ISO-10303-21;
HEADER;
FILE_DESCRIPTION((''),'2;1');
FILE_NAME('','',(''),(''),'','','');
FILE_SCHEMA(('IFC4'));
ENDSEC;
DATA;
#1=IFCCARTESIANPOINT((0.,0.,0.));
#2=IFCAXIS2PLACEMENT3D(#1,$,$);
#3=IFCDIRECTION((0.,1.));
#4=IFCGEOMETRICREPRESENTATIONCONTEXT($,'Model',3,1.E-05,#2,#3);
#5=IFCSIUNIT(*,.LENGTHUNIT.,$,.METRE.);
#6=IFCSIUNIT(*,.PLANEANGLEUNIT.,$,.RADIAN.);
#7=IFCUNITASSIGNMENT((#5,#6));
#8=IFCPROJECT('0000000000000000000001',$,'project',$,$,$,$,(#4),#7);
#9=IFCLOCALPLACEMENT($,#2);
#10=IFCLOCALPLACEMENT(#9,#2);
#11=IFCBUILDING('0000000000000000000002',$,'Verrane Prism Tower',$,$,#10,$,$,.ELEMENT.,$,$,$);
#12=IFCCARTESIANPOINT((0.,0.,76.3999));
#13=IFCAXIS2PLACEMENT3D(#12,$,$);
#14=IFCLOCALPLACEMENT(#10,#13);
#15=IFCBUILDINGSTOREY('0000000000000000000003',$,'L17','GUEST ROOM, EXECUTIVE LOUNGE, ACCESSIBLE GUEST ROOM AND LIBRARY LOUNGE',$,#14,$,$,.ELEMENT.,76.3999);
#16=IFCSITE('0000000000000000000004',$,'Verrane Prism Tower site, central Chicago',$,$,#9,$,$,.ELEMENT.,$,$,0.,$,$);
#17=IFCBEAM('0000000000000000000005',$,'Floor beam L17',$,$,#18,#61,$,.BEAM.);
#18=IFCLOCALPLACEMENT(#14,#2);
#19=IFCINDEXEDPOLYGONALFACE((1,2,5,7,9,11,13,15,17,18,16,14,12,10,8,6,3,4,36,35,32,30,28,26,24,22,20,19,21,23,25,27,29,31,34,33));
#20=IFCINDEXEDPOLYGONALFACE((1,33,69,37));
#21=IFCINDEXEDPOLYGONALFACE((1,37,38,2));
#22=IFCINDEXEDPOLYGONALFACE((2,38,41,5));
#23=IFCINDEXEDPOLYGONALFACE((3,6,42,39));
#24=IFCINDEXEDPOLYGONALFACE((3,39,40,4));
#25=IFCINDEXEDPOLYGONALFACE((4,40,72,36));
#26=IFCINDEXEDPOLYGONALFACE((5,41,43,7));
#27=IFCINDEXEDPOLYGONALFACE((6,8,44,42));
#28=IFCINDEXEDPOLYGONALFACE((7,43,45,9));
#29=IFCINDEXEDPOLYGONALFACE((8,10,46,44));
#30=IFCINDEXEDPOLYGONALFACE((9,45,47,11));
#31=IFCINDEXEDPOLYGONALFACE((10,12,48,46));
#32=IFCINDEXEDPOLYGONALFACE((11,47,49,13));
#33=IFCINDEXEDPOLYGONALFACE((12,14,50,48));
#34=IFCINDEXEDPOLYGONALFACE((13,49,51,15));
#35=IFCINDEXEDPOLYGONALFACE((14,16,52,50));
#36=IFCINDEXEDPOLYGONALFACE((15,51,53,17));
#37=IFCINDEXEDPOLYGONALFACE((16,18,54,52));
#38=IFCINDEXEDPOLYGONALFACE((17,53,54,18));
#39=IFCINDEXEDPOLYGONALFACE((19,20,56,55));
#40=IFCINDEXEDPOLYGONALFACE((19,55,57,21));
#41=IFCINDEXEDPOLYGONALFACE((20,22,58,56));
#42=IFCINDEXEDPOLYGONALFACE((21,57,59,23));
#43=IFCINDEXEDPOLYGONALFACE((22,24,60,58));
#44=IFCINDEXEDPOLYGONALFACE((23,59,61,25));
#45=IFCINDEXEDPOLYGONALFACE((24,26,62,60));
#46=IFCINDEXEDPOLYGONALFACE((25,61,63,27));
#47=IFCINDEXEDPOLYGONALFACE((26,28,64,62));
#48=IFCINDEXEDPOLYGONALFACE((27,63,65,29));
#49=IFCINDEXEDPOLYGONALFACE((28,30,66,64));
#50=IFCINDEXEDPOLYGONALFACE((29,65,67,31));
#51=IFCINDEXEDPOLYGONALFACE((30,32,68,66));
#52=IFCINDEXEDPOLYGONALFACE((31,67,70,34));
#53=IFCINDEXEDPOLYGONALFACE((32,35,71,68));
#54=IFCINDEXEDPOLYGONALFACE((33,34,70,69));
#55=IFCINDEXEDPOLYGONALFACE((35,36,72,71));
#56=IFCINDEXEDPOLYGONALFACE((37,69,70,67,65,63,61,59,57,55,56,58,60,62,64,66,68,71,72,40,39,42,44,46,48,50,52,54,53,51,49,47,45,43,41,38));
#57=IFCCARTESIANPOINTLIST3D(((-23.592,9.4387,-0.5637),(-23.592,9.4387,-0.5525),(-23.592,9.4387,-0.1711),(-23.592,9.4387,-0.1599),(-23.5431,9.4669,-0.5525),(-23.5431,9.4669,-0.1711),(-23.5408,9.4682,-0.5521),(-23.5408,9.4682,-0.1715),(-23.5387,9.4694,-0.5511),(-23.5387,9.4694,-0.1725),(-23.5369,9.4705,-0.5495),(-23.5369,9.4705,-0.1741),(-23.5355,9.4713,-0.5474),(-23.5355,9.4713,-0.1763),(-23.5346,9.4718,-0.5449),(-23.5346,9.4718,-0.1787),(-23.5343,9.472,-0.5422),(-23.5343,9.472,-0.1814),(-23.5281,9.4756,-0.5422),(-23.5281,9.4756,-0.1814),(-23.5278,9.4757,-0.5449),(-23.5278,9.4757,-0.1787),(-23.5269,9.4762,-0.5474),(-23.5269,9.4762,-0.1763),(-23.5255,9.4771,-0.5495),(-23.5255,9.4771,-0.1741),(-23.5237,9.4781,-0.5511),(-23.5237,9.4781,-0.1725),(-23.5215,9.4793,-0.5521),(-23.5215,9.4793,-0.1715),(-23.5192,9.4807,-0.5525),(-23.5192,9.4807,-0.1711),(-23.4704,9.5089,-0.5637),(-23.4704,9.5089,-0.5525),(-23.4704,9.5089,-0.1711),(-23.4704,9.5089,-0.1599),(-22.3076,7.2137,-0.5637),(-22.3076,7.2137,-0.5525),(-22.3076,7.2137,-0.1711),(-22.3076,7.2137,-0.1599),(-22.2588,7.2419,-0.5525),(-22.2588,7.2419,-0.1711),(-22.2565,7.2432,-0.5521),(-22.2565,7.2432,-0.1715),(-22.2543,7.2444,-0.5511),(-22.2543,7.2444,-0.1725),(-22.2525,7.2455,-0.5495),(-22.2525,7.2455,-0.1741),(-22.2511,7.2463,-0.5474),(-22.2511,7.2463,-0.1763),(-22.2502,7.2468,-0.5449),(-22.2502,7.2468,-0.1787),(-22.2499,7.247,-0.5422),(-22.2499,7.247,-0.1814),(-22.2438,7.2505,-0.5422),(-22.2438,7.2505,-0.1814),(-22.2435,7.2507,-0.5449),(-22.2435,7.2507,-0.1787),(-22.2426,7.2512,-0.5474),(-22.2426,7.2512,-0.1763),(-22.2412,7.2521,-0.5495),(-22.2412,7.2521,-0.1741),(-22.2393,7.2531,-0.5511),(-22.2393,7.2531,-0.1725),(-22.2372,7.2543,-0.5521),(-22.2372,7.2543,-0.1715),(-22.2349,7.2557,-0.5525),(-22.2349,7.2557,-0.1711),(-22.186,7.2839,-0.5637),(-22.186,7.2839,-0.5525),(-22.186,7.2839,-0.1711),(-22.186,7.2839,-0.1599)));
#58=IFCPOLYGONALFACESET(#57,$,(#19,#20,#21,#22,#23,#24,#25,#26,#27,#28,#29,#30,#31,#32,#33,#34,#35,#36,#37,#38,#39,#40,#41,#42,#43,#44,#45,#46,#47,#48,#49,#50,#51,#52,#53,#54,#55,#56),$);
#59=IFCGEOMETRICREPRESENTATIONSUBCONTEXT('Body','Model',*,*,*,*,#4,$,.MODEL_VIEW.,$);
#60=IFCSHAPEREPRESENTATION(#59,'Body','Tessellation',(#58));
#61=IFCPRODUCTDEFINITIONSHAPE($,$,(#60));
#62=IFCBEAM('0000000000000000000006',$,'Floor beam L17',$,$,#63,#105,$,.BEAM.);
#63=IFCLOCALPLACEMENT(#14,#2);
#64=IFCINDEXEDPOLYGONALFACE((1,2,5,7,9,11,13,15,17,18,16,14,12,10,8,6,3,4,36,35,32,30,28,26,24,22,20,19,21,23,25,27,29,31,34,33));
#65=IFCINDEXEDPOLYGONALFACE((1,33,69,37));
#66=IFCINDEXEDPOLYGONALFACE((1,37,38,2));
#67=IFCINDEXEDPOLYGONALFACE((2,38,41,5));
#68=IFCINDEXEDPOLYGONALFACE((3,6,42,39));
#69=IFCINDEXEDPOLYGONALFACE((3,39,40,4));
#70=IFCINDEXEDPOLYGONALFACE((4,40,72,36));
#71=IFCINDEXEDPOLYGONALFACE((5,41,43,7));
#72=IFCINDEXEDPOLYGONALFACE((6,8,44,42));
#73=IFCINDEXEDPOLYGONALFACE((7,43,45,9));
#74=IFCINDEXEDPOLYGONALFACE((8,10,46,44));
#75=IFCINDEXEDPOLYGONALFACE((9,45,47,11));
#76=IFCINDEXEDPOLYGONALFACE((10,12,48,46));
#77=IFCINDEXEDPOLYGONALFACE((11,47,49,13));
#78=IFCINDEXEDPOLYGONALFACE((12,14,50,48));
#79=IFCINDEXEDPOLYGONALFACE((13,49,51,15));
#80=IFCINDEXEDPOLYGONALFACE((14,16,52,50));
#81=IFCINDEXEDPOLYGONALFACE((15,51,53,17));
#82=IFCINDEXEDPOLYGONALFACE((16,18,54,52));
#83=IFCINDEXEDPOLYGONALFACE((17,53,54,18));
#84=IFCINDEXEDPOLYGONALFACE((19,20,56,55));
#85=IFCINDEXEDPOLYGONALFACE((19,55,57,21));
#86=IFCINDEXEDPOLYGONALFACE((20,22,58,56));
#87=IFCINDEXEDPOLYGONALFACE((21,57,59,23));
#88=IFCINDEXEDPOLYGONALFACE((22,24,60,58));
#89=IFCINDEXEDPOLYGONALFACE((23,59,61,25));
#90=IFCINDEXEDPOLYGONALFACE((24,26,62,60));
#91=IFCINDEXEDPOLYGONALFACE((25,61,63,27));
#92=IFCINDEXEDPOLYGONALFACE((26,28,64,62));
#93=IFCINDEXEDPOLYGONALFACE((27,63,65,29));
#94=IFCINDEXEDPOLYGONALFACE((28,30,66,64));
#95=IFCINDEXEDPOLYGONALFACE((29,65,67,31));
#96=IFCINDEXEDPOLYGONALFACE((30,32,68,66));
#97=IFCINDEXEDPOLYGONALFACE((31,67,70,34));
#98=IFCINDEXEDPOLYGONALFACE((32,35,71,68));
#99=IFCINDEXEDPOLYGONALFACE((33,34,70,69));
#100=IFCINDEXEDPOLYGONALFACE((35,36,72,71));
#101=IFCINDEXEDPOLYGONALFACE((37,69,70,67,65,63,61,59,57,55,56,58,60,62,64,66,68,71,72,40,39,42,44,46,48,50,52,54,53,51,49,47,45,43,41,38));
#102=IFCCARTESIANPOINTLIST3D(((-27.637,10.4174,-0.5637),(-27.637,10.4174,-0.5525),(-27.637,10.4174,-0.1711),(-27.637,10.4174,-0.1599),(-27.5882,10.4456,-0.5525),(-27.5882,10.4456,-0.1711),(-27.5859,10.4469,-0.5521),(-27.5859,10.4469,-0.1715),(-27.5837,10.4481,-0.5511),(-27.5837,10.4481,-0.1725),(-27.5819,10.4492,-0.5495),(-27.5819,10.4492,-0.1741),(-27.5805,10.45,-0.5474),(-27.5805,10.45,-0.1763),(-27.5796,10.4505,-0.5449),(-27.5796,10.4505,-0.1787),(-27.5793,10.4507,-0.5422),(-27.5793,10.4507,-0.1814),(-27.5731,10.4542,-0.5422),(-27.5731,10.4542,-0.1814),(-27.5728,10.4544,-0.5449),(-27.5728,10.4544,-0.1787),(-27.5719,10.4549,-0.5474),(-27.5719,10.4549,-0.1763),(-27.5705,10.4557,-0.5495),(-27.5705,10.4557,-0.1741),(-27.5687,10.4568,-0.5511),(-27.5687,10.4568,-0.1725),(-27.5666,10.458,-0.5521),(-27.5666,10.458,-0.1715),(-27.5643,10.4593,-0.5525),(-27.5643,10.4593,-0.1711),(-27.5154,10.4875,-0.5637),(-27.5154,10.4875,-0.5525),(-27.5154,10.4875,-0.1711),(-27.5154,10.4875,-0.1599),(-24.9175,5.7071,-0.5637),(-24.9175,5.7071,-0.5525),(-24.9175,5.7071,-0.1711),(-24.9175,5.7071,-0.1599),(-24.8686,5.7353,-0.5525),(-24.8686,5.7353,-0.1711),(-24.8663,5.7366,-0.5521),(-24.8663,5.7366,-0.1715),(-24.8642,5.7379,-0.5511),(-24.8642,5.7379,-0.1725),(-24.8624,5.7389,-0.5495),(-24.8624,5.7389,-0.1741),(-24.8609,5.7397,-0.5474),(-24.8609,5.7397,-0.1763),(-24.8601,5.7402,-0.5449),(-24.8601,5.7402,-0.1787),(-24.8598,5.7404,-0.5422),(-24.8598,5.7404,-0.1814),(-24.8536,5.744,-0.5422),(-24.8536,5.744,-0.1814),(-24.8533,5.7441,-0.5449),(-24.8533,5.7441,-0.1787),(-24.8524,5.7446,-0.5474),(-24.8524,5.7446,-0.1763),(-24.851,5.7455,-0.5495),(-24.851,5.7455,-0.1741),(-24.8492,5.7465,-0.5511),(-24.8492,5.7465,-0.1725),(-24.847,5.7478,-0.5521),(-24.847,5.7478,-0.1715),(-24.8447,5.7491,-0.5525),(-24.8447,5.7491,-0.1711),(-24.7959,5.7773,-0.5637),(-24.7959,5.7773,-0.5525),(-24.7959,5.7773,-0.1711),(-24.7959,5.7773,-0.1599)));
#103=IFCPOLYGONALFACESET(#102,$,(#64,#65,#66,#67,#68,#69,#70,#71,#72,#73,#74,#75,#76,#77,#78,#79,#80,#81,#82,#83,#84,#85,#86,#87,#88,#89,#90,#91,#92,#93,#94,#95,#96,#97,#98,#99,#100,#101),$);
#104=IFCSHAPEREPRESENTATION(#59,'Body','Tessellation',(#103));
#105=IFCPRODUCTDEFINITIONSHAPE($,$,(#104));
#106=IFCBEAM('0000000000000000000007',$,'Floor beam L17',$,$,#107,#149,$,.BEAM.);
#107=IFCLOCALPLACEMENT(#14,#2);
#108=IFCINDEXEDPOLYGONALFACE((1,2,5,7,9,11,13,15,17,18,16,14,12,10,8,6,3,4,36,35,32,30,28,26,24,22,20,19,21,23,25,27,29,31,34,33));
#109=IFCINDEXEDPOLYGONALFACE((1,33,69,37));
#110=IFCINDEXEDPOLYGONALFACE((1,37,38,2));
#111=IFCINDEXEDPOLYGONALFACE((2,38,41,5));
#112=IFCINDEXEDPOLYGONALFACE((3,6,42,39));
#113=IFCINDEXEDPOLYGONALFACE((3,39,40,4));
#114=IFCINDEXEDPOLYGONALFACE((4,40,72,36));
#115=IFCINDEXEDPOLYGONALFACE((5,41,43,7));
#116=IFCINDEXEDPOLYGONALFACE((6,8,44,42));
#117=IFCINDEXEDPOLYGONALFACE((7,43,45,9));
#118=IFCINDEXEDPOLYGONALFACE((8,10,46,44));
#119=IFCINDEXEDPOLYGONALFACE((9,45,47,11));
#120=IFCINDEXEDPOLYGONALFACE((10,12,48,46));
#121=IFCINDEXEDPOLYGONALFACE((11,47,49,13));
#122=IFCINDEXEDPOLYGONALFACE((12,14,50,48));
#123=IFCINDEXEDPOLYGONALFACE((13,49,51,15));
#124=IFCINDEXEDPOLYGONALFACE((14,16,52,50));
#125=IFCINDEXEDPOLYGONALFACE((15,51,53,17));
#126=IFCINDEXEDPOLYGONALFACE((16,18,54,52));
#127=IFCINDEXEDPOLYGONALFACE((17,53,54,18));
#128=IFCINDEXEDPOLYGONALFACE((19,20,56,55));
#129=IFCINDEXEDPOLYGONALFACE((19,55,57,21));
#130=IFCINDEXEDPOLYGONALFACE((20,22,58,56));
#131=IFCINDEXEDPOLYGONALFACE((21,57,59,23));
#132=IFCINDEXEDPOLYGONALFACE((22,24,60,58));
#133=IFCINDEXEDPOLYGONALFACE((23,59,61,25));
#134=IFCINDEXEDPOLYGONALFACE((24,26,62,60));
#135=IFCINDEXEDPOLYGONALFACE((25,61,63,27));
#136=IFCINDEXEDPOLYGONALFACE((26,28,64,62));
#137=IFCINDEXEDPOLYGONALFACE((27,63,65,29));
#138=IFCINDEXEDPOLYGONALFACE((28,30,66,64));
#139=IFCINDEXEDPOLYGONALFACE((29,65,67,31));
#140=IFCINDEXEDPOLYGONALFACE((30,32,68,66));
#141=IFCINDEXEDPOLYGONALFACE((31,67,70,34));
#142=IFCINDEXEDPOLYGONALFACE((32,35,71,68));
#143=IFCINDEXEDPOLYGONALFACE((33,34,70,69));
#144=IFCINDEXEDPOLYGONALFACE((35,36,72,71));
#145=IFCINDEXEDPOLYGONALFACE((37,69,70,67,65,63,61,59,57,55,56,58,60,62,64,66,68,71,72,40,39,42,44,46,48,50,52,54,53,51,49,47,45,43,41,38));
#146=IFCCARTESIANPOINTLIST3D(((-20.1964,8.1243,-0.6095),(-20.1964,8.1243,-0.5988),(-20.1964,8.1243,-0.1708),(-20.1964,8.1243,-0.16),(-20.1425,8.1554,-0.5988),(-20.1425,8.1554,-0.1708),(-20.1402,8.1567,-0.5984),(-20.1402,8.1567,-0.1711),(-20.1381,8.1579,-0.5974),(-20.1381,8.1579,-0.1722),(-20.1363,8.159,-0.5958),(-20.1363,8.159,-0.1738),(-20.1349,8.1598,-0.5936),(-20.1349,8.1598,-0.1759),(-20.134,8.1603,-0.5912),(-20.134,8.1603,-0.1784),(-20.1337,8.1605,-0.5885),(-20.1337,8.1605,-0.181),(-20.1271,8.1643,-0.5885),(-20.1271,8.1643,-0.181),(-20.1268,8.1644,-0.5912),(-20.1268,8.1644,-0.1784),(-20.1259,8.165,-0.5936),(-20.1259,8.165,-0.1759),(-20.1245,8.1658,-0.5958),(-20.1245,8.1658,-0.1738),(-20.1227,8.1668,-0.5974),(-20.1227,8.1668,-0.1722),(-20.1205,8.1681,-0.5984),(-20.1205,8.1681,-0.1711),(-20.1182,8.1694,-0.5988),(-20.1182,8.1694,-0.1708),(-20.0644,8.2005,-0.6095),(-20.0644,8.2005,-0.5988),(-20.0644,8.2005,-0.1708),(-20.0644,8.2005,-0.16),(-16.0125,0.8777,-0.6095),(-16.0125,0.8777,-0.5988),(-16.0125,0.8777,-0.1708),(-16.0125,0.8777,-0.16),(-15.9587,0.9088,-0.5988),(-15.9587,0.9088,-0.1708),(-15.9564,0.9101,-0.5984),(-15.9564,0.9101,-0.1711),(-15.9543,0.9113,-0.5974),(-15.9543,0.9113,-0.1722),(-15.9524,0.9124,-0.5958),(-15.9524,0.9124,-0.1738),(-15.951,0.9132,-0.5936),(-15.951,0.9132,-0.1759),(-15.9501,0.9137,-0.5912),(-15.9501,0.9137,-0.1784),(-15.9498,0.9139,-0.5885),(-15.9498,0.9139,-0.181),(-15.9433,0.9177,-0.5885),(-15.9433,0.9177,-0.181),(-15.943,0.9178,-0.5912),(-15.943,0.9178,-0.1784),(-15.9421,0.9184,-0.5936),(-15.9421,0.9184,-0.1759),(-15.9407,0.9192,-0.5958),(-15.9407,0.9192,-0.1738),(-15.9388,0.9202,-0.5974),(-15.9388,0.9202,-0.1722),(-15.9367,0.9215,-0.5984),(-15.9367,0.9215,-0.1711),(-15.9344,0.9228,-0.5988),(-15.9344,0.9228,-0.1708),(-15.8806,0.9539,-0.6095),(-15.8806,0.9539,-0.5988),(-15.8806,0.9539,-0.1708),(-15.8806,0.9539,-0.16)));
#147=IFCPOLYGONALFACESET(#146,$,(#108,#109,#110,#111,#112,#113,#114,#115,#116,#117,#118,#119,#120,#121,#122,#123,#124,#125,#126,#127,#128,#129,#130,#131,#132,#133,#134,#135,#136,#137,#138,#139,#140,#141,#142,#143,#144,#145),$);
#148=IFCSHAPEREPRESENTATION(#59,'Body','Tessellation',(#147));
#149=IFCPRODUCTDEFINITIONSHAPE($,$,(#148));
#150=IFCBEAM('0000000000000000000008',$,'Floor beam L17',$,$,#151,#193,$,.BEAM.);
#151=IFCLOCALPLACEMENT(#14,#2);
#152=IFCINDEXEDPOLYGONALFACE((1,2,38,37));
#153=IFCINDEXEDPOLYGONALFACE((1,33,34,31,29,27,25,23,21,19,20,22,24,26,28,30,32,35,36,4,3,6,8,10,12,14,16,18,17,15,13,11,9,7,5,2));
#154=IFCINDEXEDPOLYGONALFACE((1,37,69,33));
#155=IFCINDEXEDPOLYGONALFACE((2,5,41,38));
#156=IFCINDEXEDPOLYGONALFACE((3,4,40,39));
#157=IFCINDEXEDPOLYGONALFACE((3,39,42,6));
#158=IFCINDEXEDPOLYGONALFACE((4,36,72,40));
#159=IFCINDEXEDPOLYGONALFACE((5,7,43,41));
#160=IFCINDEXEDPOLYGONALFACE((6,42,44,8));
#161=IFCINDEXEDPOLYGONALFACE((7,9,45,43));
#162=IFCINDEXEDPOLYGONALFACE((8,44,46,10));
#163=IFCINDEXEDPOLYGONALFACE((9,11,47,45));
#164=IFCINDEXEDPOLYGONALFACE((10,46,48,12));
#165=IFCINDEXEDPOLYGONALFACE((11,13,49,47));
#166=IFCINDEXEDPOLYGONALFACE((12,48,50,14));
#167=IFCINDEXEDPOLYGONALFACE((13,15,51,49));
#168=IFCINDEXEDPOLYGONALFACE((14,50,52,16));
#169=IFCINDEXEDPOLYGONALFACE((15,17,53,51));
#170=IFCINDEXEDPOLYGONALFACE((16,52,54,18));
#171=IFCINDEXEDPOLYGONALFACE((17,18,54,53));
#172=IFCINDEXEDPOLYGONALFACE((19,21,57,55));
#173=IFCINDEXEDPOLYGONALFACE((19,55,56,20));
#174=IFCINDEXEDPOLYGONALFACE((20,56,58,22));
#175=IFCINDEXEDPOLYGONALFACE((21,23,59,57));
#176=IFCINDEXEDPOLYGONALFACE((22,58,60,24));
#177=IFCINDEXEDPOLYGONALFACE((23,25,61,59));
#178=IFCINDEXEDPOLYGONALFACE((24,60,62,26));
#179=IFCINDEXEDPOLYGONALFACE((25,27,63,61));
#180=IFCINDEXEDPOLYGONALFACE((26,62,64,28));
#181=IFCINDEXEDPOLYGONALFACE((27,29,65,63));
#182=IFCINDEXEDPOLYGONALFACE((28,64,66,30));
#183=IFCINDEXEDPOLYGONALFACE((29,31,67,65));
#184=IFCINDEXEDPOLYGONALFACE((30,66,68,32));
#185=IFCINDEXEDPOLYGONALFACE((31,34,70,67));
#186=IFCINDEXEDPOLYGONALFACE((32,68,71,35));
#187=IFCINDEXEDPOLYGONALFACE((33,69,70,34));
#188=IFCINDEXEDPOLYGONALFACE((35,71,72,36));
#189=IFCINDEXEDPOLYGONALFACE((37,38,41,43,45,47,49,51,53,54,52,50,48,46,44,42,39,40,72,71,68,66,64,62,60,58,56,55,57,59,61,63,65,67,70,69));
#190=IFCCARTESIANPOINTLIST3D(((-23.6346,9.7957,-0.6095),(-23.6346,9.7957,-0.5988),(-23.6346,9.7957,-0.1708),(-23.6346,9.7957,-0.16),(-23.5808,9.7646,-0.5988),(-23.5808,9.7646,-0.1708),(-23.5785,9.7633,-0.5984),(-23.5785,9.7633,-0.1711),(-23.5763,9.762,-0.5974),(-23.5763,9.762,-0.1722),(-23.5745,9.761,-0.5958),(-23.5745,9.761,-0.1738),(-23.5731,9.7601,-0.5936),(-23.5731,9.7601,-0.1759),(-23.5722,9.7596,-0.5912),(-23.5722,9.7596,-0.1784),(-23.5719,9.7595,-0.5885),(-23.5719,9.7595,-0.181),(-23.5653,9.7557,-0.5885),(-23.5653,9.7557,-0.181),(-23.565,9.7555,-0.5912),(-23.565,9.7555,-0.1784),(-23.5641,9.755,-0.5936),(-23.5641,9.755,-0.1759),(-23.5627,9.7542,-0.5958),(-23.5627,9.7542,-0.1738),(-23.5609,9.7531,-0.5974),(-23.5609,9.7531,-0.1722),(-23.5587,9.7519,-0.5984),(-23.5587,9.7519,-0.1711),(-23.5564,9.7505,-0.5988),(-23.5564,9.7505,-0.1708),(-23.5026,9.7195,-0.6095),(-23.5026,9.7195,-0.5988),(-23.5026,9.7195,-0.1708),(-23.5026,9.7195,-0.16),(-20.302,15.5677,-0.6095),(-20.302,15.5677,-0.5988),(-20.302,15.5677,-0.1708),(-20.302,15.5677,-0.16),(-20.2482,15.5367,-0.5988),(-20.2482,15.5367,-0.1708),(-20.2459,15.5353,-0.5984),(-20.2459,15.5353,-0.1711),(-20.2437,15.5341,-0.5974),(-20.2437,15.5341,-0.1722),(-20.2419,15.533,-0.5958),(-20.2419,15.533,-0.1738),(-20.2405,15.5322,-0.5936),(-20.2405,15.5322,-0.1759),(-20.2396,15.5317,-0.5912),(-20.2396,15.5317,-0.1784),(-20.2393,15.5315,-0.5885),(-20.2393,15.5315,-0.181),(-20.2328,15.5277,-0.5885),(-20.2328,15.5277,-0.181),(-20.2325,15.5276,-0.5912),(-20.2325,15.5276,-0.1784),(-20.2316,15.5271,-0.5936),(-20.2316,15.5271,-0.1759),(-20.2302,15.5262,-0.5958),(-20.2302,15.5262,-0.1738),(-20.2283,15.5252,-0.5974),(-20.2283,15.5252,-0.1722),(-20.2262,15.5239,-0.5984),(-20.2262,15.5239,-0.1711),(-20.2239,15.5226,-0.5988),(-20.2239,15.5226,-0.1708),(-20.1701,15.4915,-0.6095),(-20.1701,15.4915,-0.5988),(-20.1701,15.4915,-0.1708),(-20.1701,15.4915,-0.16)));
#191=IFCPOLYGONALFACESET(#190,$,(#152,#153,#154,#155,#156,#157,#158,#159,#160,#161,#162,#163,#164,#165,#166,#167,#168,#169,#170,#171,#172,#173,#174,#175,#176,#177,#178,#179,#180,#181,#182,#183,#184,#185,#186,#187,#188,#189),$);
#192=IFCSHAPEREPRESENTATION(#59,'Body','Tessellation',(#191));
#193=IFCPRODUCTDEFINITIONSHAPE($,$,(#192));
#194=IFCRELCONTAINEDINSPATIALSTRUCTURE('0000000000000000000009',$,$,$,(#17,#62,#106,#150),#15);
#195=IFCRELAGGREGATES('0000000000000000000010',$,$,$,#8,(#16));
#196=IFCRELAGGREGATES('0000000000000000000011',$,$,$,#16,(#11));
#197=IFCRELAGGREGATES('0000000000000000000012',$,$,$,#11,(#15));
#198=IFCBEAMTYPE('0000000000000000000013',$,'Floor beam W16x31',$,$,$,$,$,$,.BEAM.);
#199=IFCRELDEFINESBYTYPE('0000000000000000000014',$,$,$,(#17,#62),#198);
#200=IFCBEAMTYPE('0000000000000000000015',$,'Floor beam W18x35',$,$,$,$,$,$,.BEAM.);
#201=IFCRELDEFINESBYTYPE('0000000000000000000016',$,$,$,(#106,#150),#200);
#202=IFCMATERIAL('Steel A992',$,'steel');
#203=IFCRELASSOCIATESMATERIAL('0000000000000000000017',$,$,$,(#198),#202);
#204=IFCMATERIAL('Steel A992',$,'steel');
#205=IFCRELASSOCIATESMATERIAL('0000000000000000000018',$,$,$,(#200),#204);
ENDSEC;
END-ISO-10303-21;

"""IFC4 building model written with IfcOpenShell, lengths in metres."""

from ifc_helpers import new_model, si_unit, direction, frame, origin, origin_2d, place, context, subcontext, project, spatial, i_section, extrude, material, material_profile, profile_set, type_object, element, save


model = new_model("IFC4")

# Units and contexts
model_context = context("Model", 3, precision=1e-05, world=origin(), true_north=direction((0.0, 1.0)))
body_context = subcontext(model_context, "Body", "Model", "MODEL_VIEW")
ifc_project = project(units=[si_unit("LENGTHUNIT", "METRE"), si_unit("PLANEANGLEUNIT", "RADIAN")], contexts=[model_context])

# Site, building, storey
site_placement = place(None, origin())
site = spatial("IfcSite", under=ifc_project, at=site_placement, Name="Verrane Prism Tower site, central Chicago", CompositionType="ELEMENT", RefElevation=0.0)
building_placement = place(site_placement, origin())
building = spatial("IfcBuilding", under=site, at=building_placement, Name="Verrane Prism Tower", CompositionType="ELEMENT")
storey_placement = place(building_placement, frame((0.0, 0.0, 76.3999)))
storey = spatial("IfcBuildingStorey", under=building, at=storey_placement, Name="L17", Description="GUEST ROOM, EXECUTIVE LOUNGE, ACCESSIBLE GUEST ROOM AND LIBRARY LOUNGE", CompositionType="ELEMENT", Elevation=76.3999)

# Beams
ifc_material_1 = material(Name="Steel A992", Category="steel")
ifc_material_profile_1 = material_profile(ifc_material_1, i_section(OverallWidth=0.1404, OverallDepth=0.4038, WebThickness=0.0071, FlangeThickness=0.0112, FilletRadius=0.0103, at=origin_2d()), Name="W16x31")
ifc_profile_set_1 = profile_set([ifc_material_profile_1], Name="Steel A992")
beam_type_1 = type_object("IfcBeamType", Name="Floor beam W16x31", PredefinedType="BEAM", material=ifc_profile_set_1)
beam_1_placement = place(storey_placement, frame((-22.2468, 7.2488, -0.3618), z_axis=(-0.499931, 0.866065, 0.0), x_axis=(-0.866065, -0.499931, 0.0)))
element("IfcBeam", 1, at=beam_1_placement, inside=storey, type_object=beam_type_1, Name="Floor beam L17", PredefinedType="BEAM", context=body_context, shape_type="SweptSolid", body=[
    extrude(i_section(OverallWidth=0.1404, OverallDepth=0.4038, WebThickness=0.0071, FlangeThickness=0.0112, FilletRadius=0.0103, at=origin_2d()), origin(), (0.0, 0.0, 1.0), 2.5691),
])
beam_2_placement = place(storey_placement, frame((-24.8567, 5.7422, -0.3618), z_axis=(-0.500006, 0.866022, 0.0), x_axis=(-0.866022, -0.500006, 0.0)))
element("IfcBeam", 2, at=beam_2_placement, inside=storey, type_object=beam_type_1, Name="Floor beam L17", PredefinedType="BEAM", context=body_context, shape_type="SweptSolid", body=[
    extrude(i_section(OverallWidth=0.1404, OverallDepth=0.4038, WebThickness=0.0071, FlangeThickness=0.0112, FilletRadius=0.0103, at=origin_2d()), origin(), (0.0, 0.0, 1.0), 5.439),
])
ifc_material_2 = material(Name="Steel A992", Category="steel")
ifc_material_profile_2 = material_profile(ifc_material_2, i_section(OverallWidth=0.1523, OverallDepth=0.4495, WebThickness=0.0076, FlangeThickness=0.0107, FilletRadius=0.0103, at=origin_2d()), Name="W18x35")
ifc_profile_set_2 = profile_set([ifc_material_profile_2], Name="Steel A992")
beam_type_2 = type_object("IfcBeamType", Name="Floor beam W18x35", PredefinedType="BEAM", material=ifc_profile_set_2)
beam_3_placement = place(storey_placement, frame((-15.9465, 0.9158, -0.3848), z_axis=(-0.500002, 0.866024, 0.0), x_axis=(-0.866024, -0.500002, 0.0)))
element("IfcBeam", 3, at=beam_3_placement, inside=storey, type_object=beam_type_2, Name="Floor beam L17", PredefinedType="BEAM", context=body_context, shape_type="SweptSolid", body=[
    extrude(i_section(OverallWidth=0.1523, OverallDepth=0.4495, WebThickness=0.0076, FlangeThickness=0.0107, FilletRadius=0.0103, at=origin_2d()), origin(), (0.0, 0.0, 1.0), 8.3677),
])
beam_4_placement = place(storey_placement, frame((-23.5686, 9.7576, -0.3848), z_axis=(0.500008, 0.866021, 0.0), x_axis=(-0.866021, 0.500008, 0.0)))
element("IfcBeam", 4, at=beam_4_placement, inside=storey, type_object=beam_type_2, Name="Floor beam L17", PredefinedType="BEAM", context=body_context, shape_type="SweptSolid", body=[
    extrude(i_section(OverallWidth=0.1523, OverallDepth=0.4495, WebThickness=0.0076, FlangeThickness=0.0107, FilletRadius=0.0103, at=origin_2d()), origin(), (0.0, 0.0, 1.0), 6.665),
])

save(model, "model.ifc")
